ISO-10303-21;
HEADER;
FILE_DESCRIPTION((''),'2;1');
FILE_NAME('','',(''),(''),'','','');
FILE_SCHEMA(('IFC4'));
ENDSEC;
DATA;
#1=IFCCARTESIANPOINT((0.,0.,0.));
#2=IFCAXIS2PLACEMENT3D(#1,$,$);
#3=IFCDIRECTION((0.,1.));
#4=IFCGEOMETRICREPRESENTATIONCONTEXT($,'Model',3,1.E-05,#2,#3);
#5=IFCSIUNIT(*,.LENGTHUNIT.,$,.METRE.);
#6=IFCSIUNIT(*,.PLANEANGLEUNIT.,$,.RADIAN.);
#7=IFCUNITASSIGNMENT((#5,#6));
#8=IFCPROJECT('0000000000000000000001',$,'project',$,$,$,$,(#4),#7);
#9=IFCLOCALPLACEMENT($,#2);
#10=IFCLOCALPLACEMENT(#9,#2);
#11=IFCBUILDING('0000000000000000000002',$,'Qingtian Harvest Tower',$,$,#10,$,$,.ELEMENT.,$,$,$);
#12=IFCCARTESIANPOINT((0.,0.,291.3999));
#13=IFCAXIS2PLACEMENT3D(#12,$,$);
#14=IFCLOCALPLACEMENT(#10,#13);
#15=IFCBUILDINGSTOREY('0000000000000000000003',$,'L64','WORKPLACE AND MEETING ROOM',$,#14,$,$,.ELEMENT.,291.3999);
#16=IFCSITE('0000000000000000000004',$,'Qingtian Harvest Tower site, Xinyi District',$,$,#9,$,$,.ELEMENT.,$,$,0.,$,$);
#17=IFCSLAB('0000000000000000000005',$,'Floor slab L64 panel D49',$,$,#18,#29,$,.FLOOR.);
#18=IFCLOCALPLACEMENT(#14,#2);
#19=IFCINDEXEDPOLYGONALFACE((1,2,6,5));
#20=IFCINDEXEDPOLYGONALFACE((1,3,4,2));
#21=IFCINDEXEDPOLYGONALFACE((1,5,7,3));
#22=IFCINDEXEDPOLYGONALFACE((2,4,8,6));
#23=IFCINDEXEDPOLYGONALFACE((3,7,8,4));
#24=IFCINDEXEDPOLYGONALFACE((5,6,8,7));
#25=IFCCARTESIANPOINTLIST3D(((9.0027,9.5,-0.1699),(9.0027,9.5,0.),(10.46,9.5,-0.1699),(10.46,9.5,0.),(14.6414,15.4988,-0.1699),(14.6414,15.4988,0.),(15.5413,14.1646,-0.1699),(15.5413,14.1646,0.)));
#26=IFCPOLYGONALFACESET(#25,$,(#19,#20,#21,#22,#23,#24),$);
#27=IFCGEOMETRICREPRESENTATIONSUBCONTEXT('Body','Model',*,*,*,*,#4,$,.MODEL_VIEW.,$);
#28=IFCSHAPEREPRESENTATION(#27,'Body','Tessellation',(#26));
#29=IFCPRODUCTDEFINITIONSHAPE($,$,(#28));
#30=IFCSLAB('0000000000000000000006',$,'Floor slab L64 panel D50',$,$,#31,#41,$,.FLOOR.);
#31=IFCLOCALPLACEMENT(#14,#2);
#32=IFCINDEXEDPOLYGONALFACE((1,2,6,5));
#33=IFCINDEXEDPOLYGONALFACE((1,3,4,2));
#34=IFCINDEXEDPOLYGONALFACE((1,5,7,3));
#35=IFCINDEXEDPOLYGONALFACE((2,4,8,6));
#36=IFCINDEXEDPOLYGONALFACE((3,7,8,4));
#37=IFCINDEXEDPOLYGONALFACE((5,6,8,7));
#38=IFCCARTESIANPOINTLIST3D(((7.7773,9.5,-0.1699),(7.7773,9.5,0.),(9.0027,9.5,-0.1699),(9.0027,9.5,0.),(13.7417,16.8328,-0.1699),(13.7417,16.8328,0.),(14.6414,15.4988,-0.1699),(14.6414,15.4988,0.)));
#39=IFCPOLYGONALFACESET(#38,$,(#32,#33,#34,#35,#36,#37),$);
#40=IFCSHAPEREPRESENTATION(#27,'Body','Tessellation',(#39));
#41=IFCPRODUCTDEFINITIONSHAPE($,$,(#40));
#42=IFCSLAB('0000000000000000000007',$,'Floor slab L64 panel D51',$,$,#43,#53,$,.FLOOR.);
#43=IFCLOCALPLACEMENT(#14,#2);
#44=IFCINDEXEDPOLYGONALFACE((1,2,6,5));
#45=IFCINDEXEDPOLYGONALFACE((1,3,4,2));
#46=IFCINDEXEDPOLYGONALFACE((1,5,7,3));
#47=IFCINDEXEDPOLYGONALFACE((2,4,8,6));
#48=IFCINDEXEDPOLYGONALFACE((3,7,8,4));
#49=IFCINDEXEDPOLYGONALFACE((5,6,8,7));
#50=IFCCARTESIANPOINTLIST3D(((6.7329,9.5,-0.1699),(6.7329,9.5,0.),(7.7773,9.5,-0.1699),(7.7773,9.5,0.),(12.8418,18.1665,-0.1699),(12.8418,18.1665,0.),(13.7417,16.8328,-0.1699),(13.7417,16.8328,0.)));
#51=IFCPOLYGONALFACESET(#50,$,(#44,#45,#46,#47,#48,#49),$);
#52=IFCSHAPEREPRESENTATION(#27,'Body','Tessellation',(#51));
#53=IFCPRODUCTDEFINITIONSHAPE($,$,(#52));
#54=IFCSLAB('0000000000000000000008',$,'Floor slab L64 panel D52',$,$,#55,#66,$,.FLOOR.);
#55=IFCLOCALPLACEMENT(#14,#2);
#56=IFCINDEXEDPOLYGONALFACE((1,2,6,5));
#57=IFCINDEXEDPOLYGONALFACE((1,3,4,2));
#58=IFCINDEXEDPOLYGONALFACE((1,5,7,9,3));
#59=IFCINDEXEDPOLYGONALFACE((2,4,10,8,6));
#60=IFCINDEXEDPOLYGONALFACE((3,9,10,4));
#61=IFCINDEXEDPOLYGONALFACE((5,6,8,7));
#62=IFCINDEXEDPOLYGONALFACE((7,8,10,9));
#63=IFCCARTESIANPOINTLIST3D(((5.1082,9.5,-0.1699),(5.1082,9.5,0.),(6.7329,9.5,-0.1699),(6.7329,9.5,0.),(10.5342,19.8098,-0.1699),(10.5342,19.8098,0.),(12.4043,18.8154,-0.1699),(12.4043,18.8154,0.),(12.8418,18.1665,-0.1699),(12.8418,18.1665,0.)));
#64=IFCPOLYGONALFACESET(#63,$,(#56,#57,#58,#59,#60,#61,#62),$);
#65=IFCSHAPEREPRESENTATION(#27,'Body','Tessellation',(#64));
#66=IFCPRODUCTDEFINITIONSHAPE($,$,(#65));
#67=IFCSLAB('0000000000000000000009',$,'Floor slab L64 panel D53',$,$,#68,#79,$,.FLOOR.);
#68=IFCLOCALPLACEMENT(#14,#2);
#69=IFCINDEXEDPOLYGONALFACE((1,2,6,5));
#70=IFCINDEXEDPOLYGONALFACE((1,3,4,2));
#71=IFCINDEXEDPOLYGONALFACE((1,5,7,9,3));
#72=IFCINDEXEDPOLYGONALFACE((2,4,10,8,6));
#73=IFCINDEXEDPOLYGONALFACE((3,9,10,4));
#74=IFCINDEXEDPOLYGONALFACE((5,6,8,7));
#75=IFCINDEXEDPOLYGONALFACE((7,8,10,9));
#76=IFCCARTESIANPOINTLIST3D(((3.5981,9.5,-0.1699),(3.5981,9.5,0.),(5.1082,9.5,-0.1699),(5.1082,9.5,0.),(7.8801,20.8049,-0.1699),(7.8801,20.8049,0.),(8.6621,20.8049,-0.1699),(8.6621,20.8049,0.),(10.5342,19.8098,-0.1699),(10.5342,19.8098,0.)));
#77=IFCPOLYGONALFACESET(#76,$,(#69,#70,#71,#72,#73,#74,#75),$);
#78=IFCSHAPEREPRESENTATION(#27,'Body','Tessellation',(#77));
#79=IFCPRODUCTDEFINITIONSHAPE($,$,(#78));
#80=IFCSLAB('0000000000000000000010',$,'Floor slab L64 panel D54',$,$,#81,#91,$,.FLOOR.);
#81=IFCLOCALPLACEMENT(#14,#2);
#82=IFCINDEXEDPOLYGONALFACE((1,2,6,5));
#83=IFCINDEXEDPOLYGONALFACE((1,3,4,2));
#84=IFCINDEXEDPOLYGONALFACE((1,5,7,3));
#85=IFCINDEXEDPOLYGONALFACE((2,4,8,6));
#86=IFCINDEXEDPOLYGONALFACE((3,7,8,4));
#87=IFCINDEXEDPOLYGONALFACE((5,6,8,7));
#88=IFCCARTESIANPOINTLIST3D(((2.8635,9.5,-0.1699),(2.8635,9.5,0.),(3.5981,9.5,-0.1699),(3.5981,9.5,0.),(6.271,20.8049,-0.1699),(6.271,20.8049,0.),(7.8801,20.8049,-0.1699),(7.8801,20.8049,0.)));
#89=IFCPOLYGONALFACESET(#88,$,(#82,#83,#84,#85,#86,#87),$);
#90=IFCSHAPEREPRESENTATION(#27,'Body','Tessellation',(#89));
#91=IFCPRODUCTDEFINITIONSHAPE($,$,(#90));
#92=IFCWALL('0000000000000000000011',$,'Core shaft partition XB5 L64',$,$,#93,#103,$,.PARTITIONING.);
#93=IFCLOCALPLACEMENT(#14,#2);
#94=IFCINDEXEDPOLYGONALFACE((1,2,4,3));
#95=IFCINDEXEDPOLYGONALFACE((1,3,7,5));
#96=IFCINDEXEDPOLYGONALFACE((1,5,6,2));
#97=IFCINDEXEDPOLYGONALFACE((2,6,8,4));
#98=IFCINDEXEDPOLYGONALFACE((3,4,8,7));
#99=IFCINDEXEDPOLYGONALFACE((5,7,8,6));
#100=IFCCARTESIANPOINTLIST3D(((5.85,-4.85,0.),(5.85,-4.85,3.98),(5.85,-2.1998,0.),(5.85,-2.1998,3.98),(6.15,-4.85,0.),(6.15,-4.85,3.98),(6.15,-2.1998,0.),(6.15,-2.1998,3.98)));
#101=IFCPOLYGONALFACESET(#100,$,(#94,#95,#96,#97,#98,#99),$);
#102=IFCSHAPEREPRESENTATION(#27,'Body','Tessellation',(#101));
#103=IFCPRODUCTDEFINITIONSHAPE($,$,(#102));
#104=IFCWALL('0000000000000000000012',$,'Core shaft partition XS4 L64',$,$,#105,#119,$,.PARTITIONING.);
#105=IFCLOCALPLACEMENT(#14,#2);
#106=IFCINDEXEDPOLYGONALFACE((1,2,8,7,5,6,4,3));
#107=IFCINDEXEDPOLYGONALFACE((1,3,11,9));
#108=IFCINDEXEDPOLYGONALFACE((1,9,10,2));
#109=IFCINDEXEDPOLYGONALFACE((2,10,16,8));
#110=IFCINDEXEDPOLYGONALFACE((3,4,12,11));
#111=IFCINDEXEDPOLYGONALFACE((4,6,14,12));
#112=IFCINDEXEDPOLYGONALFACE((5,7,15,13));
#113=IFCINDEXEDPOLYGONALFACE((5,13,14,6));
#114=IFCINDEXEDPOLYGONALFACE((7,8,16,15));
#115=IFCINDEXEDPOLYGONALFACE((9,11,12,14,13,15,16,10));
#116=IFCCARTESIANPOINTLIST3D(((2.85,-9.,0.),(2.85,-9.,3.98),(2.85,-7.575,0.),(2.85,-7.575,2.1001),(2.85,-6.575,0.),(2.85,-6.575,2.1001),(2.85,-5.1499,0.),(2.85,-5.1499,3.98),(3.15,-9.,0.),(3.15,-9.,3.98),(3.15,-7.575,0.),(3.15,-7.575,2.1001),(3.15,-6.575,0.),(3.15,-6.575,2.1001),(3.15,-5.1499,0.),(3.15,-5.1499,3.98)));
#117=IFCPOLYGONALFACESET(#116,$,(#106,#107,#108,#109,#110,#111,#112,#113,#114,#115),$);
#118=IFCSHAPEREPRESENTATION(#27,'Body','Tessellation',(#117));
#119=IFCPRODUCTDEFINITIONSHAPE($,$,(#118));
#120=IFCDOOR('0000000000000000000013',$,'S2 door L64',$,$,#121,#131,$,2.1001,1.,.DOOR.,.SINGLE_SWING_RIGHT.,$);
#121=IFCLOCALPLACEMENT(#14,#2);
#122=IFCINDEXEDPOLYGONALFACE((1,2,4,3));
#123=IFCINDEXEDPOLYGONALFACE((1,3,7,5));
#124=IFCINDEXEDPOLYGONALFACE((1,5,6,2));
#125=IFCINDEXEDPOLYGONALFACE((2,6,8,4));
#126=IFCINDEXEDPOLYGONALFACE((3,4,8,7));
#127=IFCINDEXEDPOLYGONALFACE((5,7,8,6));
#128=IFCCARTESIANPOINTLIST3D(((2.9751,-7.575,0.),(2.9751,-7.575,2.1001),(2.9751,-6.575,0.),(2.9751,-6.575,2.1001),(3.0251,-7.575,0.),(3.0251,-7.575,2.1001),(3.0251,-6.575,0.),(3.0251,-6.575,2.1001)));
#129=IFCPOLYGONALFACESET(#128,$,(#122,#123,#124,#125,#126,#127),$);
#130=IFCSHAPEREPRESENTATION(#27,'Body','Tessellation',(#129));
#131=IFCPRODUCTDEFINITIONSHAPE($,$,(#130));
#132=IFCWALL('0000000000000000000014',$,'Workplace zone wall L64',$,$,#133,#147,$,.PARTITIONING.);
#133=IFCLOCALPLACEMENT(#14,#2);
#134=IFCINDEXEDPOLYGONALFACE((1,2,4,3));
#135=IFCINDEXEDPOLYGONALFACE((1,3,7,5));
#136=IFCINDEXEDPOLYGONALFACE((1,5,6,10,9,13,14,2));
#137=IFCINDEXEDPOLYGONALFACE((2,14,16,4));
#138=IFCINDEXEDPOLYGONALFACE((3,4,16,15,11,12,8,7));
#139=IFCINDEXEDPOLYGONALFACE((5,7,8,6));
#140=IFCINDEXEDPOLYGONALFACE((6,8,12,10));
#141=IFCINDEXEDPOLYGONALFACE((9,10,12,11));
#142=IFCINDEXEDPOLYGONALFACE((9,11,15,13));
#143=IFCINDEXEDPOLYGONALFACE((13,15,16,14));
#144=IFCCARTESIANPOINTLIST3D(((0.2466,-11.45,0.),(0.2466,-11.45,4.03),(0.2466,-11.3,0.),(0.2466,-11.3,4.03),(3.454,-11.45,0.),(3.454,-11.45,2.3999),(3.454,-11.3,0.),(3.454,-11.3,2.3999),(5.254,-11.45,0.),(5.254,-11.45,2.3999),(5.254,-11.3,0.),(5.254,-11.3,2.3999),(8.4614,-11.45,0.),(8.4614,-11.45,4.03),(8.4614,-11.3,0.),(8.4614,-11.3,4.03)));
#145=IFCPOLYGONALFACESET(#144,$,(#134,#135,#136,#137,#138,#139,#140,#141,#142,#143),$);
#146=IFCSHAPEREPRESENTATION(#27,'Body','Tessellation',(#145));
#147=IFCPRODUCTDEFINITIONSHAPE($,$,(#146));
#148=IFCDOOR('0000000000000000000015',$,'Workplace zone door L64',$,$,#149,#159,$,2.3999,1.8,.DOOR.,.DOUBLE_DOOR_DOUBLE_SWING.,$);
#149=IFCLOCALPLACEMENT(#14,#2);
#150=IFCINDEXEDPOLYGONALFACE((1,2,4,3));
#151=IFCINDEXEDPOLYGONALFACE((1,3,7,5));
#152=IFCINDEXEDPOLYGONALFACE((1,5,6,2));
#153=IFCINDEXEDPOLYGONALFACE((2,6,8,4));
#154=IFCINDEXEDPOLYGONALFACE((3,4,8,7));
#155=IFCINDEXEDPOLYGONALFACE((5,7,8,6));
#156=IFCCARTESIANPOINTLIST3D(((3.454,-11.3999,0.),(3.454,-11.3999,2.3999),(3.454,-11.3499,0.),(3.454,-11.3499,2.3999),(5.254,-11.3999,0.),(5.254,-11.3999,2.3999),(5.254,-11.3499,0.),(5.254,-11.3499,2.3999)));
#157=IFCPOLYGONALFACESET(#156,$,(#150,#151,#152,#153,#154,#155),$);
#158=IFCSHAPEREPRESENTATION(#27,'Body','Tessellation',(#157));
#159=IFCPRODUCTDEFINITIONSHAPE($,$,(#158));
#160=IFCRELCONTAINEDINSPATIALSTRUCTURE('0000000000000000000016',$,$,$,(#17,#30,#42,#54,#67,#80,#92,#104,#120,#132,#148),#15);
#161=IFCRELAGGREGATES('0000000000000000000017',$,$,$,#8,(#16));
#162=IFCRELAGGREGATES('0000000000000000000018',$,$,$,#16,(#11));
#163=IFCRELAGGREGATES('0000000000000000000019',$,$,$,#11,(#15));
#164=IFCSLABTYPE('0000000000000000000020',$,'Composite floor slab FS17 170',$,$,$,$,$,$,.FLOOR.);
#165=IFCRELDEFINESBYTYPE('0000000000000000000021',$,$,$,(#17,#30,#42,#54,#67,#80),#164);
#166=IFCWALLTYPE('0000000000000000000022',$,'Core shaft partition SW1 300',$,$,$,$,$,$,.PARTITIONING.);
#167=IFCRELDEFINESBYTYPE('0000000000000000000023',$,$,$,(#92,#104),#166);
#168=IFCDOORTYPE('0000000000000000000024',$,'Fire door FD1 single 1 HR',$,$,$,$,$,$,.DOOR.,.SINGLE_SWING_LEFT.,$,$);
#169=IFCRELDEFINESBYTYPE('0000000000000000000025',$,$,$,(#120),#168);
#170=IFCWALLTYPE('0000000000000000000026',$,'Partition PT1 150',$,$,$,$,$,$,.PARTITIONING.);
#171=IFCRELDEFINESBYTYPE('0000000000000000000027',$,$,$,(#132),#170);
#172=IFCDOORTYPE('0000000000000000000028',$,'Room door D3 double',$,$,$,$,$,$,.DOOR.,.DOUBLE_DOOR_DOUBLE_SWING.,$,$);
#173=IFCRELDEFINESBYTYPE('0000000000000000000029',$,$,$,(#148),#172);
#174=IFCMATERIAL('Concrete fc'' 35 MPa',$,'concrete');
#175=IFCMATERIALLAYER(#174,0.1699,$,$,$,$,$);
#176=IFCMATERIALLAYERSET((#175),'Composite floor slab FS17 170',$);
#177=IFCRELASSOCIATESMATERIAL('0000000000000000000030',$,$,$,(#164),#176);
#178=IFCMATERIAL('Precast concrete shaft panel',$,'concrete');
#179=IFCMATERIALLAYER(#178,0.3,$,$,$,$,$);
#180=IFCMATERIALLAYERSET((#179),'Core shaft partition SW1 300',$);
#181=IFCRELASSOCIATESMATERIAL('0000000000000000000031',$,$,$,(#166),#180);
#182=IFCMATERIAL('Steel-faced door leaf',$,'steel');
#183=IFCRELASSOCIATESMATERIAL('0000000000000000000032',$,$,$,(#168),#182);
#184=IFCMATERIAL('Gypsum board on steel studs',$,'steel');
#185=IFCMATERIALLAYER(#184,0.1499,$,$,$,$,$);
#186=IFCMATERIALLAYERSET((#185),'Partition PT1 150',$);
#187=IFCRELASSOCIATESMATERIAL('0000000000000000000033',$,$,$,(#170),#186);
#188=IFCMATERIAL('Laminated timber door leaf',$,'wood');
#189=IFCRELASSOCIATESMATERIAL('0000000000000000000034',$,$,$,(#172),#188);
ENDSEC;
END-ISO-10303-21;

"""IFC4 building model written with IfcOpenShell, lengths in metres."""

from ifc_helpers import new_model, si_unit, direction, frame, frame_2d, origin, place, context, subcontext, project, spatial, polyline, rectangle, outline, extrude, material, layer, layer_set, type_object, element, fill, save


model = new_model("IFC4")

# Units and contexts
model_context = context("Model", 3, precision=1e-05, world=origin(), true_north=direction((0.0, 1.0)))
body_context = subcontext(model_context, "Body", "Model", "MODEL_VIEW")
ifc_project = project(units=[si_unit("LENGTHUNIT", "METRE"), si_unit("PLANEANGLEUNIT", "RADIAN")], contexts=[model_context])

# Site, building, storey
site_placement = place(None, origin())
site = spatial("IfcSite", under=ifc_project, at=site_placement, Name="Qingtian Harvest Tower site, Xinyi District", CompositionType="ELEMENT", RefElevation=0.0)
building_placement = place(site_placement, origin())
building = spatial("IfcBuilding", under=site, at=building_placement, Name="Qingtian Harvest Tower", CompositionType="ELEMENT")
storey_placement = place(building_placement, frame((0.0, 0.0, 291.3999)))
storey = spatial("IfcBuildingStorey", under=building, at=storey_placement, Name="L64", Description="WORKPLACE AND MEETING ROOM", CompositionType="ELEMENT", Elevation=291.3999)

# Slabs
ifc_material_1 = material(Name="Concrete fc' 35 MPa", Category="concrete")
ifc_layer_1 = layer(ifc_material_1, 0.1699)
ifc_layer_set_1 = layer_set([ifc_layer_1], Name="Composite floor slab FS17 170")
slab_type = type_object("IfcSlabType", Name="Composite floor slab FS17 170", PredefinedType="FLOOR", material=ifc_layer_set_1)
slab_1_placement = place(storey_placement, frame((0.0, 0.0, -0.1699)))
element("IfcSlab", 1, at=slab_1_placement, inside=storey, type_object=slab_type, Name="Floor slab L64 panel D49", PredefinedType="FLOOR", context=body_context, shape_type="SweptSolid", body=[
    extrude(outline(polyline([(9.0027, 9.5), (14.6414, 15.4988), (15.5413, 14.1646), (10.46, 9.5), (9.0027, 9.5)])), origin(), (0.0, 0.0, 1.0), 0.1699),
])
slab_2_placement = place(storey_placement, frame((0.0, 0.0, -0.1699)))
element("IfcSlab", 2, at=slab_2_placement, inside=storey, type_object=slab_type, Name="Floor slab L64 panel D50", PredefinedType="FLOOR", context=body_context, shape_type="SweptSolid", body=[
    extrude(outline(polyline([(7.7773, 9.5), (13.7417, 16.8328), (14.6414, 15.4988), (9.0027, 9.5), (7.7773, 9.5)])), origin(), (0.0, 0.0, 1.0), 0.1699),
])
slab_3_placement = place(storey_placement, frame((0.0, 0.0, -0.1699)))
element("IfcSlab", 3, at=slab_3_placement, inside=storey, type_object=slab_type, Name="Floor slab L64 panel D51", PredefinedType="FLOOR", context=body_context, shape_type="SweptSolid", body=[
    extrude(outline(polyline([(6.7329, 9.5), (12.8418, 18.1665), (13.7417, 16.8328), (7.7773, 9.5), (6.7329, 9.5)])), origin(), (0.0, 0.0, 1.0), 0.1699),
])
slab_4_placement = place(storey_placement, frame((0.0, 0.0, -0.1699)))
element("IfcSlab", 4, at=slab_4_placement, inside=storey, type_object=slab_type, Name="Floor slab L64 panel D52", PredefinedType="FLOOR", context=body_context, shape_type="SweptSolid", body=[
    extrude(outline(polyline([(6.7329, 9.5), (5.1082, 9.5), (10.5342, 19.8098), (12.4043, 18.8154), (12.8418, 18.1665), (6.7329, 9.5)])), origin(), (0.0, 0.0, 1.0), 0.1699),
])
slab_5_placement = place(storey_placement, frame((0.0, 0.0, -0.1699)))
element("IfcSlab", 5, at=slab_5_placement, inside=storey, type_object=slab_type, Name="Floor slab L64 panel D53", PredefinedType="FLOOR", context=body_context, shape_type="SweptSolid", body=[
    extrude(outline(polyline([(3.5981, 9.5), (7.8801, 20.8049), (8.6621, 20.8049), (10.5342, 19.8098), (5.1082, 9.5), (3.5981, 9.5)])), origin(), (0.0, 0.0, 1.0), 0.1699),
])
slab_6_placement = place(storey_placement, frame((0.0, 0.0, -0.1699)))
element("IfcSlab", 6, at=slab_6_placement, inside=storey, type_object=slab_type, Name="Floor slab L64 panel D54", PredefinedType="FLOOR", context=body_context, shape_type="SweptSolid", body=[
    extrude(outline(polyline([(2.8635, 9.5), (6.271, 20.8049), (7.8801, 20.8049), (3.5981, 9.5), (2.8635, 9.5)])), origin(), (0.0, 0.0, 1.0), 0.1699),
])

# Wall
ifc_material_2 = material(Name="Precast concrete shaft panel", Category="concrete")
ifc_layer_2 = layer(ifc_material_2, 0.3)
ifc_layer_set_2 = layer_set([ifc_layer_2], Name="Core shaft partition SW1 300")
wall_type_1 = type_object("IfcWallType", Name="Core shaft partition SW1 300", PredefinedType="PARTITIONING", material=ifc_layer_set_2)
wall_1_placement = place(storey_placement, frame((6.0, -4.8501, 0.0), z_axis=(0.0, 0.0, 1.0), x_axis=(0.0, 1.0, 0.0)))
element("IfcWall", 7, at=wall_1_placement, inside=storey, type_object=wall_type_1, Name="Core shaft partition XB5 L64", PredefinedType="PARTITIONING", context=body_context, shape_type="SweptSolid", body=[
    extrude(rectangle(XDim=2.6501, YDim=0.3, at=frame_2d((1.3252, 0.0))), origin(), (0.0, 0.0, 1.0), 3.98),
])

# Walls, openings, doors
wall_2_placement = place(storey_placement, frame((3.0, -9.0, 0.0), z_axis=(0.0, 0.0, 1.0), x_axis=(0.0, 1.0, 0.0)))
wall_2 = element("IfcWall", 8, at=wall_2_placement, inside=storey, type_object=wall_type_1, Name="Core shaft partition XS4 L64", PredefinedType="PARTITIONING", context=body_context, shape_type="SweptSolid", body=[
    extrude(rectangle(XDim=3.8501, YDim=0.3, at=frame_2d((1.925, 0.0))), origin(), (0.0, 0.0, 1.0), 3.98),
])
opening_1_placement = place(wall_2_placement, frame((1.425, 0.0, 0.0)))
opening_1 = element("IfcOpeningElement", 9, at=opening_1_placement, cuts=wall_2, PredefinedType="OPENING", context=body_context, shape_type="SweptSolid", body=[
    extrude(rectangle(XDim=1.0, YDim=2.1001, at=frame_2d((0.5, 1.05))), frame((0.0, 0.1599, 0.0), z_axis=(0.0, -1.0, 0.0), x_axis=(1.0, 0.0, 0.0)), (0.0, 0.0, 1.0), 0.3201),
])
ifc_material_3 = material(Name="Steel-faced door leaf", Category="steel")
door_type_1 = type_object("IfcDoorType", Name="Fire door FD1 single 1 HR", OperationType="SINGLE_SWING_LEFT", PredefinedType="DOOR", material=ifc_material_3)
door_1_placement = place(opening_1_placement, origin())
door_1 = element("IfcDoor", 10, at=door_1_placement, inside=storey, type_object=door_type_1, Name="S2 door L64", OperationType="SINGLE_SWING_RIGHT", OverallHeight=2.1001, OverallWidth=1.0, PredefinedType="DOOR", context=body_context, shape_type="SweptSolid", body=[
    extrude(rectangle(XDim=1.0, YDim=2.1001, at=frame_2d((0.5, 1.05))), frame((0.0, 0.0249, 0.0), z_axis=(0.0, -1.0, 0.0), x_axis=(1.0, 0.0, 0.0)), (0.0, 0.0, 1.0), 0.05),
])
fill(opening_1, door_1)
ifc_material_4 = material(Name="Gypsum board on steel studs", Category="steel")
ifc_layer_3 = layer(ifc_material_4, 0.1499)
ifc_layer_set_3 = layer_set([ifc_layer_3], Name="Partition PT1 150")
wall_type_2 = type_object("IfcWallType", Name="Partition PT1 150", PredefinedType="PARTITIONING", material=ifc_layer_set_3)
wall_3_placement = place(storey_placement, frame((8.4614, -11.375, 0.0), z_axis=(0.0, 0.0, 1.0), x_axis=(-1.0, 0.0, 0.0)))
wall_3 = element("IfcWall", 11, at=wall_3_placement, inside=storey, type_object=wall_type_2, Name="Workplace zone wall L64", PredefinedType="PARTITIONING", context=body_context, shape_type="SweptSolid", body=[
    extrude(rectangle(XDim=8.2148, YDim=0.1499, at=frame_2d((4.1074, 0.0))), origin(), (0.0, 0.0, 1.0), 4.03),
])
opening_2_placement = place(wall_3_placement, frame((3.2075, 0.0, 0.0)))
opening_2 = element("IfcOpeningElement", 12, at=opening_2_placement, cuts=wall_3, PredefinedType="OPENING", context=body_context, shape_type="SweptSolid", body=[
    extrude(rectangle(XDim=1.8, YDim=2.3999, at=frame_2d((0.8999, 1.2))), frame((0.0, 0.085, 0.0), z_axis=(0.0, -1.0, 0.0), x_axis=(1.0, 0.0, 0.0)), (0.0, 0.0, 1.0), 0.1699),
])
ifc_material_5 = material(Name="Laminated timber door leaf", Category="wood")
door_type_2 = type_object("IfcDoorType", Name="Room door D3 double", OperationType="DOUBLE_DOOR_DOUBLE_SWING", PredefinedType="DOOR", material=ifc_material_5)
door_2_placement = place(opening_2_placement, origin())
door_2 = element("IfcDoor", 13, at=door_2_placement, inside=storey, type_object=door_type_2, Name="Workplace zone door L64", OperationType="DOUBLE_DOOR_DOUBLE_SWING", OverallHeight=2.3999, OverallWidth=1.8, PredefinedType="DOOR", context=body_context, shape_type="SweptSolid", body=[
    extrude(rectangle(XDim=1.8, YDim=2.3999, at=frame_2d((0.8999, 1.2))), frame((0.0, 0.0249, 0.0), z_axis=(0.0, -1.0, 0.0), x_axis=(1.0, 0.0, 0.0)), (0.0, 0.0, 1.0), 0.05),
])
fill(opening_2, door_2)

save(model, "model.ifc")
